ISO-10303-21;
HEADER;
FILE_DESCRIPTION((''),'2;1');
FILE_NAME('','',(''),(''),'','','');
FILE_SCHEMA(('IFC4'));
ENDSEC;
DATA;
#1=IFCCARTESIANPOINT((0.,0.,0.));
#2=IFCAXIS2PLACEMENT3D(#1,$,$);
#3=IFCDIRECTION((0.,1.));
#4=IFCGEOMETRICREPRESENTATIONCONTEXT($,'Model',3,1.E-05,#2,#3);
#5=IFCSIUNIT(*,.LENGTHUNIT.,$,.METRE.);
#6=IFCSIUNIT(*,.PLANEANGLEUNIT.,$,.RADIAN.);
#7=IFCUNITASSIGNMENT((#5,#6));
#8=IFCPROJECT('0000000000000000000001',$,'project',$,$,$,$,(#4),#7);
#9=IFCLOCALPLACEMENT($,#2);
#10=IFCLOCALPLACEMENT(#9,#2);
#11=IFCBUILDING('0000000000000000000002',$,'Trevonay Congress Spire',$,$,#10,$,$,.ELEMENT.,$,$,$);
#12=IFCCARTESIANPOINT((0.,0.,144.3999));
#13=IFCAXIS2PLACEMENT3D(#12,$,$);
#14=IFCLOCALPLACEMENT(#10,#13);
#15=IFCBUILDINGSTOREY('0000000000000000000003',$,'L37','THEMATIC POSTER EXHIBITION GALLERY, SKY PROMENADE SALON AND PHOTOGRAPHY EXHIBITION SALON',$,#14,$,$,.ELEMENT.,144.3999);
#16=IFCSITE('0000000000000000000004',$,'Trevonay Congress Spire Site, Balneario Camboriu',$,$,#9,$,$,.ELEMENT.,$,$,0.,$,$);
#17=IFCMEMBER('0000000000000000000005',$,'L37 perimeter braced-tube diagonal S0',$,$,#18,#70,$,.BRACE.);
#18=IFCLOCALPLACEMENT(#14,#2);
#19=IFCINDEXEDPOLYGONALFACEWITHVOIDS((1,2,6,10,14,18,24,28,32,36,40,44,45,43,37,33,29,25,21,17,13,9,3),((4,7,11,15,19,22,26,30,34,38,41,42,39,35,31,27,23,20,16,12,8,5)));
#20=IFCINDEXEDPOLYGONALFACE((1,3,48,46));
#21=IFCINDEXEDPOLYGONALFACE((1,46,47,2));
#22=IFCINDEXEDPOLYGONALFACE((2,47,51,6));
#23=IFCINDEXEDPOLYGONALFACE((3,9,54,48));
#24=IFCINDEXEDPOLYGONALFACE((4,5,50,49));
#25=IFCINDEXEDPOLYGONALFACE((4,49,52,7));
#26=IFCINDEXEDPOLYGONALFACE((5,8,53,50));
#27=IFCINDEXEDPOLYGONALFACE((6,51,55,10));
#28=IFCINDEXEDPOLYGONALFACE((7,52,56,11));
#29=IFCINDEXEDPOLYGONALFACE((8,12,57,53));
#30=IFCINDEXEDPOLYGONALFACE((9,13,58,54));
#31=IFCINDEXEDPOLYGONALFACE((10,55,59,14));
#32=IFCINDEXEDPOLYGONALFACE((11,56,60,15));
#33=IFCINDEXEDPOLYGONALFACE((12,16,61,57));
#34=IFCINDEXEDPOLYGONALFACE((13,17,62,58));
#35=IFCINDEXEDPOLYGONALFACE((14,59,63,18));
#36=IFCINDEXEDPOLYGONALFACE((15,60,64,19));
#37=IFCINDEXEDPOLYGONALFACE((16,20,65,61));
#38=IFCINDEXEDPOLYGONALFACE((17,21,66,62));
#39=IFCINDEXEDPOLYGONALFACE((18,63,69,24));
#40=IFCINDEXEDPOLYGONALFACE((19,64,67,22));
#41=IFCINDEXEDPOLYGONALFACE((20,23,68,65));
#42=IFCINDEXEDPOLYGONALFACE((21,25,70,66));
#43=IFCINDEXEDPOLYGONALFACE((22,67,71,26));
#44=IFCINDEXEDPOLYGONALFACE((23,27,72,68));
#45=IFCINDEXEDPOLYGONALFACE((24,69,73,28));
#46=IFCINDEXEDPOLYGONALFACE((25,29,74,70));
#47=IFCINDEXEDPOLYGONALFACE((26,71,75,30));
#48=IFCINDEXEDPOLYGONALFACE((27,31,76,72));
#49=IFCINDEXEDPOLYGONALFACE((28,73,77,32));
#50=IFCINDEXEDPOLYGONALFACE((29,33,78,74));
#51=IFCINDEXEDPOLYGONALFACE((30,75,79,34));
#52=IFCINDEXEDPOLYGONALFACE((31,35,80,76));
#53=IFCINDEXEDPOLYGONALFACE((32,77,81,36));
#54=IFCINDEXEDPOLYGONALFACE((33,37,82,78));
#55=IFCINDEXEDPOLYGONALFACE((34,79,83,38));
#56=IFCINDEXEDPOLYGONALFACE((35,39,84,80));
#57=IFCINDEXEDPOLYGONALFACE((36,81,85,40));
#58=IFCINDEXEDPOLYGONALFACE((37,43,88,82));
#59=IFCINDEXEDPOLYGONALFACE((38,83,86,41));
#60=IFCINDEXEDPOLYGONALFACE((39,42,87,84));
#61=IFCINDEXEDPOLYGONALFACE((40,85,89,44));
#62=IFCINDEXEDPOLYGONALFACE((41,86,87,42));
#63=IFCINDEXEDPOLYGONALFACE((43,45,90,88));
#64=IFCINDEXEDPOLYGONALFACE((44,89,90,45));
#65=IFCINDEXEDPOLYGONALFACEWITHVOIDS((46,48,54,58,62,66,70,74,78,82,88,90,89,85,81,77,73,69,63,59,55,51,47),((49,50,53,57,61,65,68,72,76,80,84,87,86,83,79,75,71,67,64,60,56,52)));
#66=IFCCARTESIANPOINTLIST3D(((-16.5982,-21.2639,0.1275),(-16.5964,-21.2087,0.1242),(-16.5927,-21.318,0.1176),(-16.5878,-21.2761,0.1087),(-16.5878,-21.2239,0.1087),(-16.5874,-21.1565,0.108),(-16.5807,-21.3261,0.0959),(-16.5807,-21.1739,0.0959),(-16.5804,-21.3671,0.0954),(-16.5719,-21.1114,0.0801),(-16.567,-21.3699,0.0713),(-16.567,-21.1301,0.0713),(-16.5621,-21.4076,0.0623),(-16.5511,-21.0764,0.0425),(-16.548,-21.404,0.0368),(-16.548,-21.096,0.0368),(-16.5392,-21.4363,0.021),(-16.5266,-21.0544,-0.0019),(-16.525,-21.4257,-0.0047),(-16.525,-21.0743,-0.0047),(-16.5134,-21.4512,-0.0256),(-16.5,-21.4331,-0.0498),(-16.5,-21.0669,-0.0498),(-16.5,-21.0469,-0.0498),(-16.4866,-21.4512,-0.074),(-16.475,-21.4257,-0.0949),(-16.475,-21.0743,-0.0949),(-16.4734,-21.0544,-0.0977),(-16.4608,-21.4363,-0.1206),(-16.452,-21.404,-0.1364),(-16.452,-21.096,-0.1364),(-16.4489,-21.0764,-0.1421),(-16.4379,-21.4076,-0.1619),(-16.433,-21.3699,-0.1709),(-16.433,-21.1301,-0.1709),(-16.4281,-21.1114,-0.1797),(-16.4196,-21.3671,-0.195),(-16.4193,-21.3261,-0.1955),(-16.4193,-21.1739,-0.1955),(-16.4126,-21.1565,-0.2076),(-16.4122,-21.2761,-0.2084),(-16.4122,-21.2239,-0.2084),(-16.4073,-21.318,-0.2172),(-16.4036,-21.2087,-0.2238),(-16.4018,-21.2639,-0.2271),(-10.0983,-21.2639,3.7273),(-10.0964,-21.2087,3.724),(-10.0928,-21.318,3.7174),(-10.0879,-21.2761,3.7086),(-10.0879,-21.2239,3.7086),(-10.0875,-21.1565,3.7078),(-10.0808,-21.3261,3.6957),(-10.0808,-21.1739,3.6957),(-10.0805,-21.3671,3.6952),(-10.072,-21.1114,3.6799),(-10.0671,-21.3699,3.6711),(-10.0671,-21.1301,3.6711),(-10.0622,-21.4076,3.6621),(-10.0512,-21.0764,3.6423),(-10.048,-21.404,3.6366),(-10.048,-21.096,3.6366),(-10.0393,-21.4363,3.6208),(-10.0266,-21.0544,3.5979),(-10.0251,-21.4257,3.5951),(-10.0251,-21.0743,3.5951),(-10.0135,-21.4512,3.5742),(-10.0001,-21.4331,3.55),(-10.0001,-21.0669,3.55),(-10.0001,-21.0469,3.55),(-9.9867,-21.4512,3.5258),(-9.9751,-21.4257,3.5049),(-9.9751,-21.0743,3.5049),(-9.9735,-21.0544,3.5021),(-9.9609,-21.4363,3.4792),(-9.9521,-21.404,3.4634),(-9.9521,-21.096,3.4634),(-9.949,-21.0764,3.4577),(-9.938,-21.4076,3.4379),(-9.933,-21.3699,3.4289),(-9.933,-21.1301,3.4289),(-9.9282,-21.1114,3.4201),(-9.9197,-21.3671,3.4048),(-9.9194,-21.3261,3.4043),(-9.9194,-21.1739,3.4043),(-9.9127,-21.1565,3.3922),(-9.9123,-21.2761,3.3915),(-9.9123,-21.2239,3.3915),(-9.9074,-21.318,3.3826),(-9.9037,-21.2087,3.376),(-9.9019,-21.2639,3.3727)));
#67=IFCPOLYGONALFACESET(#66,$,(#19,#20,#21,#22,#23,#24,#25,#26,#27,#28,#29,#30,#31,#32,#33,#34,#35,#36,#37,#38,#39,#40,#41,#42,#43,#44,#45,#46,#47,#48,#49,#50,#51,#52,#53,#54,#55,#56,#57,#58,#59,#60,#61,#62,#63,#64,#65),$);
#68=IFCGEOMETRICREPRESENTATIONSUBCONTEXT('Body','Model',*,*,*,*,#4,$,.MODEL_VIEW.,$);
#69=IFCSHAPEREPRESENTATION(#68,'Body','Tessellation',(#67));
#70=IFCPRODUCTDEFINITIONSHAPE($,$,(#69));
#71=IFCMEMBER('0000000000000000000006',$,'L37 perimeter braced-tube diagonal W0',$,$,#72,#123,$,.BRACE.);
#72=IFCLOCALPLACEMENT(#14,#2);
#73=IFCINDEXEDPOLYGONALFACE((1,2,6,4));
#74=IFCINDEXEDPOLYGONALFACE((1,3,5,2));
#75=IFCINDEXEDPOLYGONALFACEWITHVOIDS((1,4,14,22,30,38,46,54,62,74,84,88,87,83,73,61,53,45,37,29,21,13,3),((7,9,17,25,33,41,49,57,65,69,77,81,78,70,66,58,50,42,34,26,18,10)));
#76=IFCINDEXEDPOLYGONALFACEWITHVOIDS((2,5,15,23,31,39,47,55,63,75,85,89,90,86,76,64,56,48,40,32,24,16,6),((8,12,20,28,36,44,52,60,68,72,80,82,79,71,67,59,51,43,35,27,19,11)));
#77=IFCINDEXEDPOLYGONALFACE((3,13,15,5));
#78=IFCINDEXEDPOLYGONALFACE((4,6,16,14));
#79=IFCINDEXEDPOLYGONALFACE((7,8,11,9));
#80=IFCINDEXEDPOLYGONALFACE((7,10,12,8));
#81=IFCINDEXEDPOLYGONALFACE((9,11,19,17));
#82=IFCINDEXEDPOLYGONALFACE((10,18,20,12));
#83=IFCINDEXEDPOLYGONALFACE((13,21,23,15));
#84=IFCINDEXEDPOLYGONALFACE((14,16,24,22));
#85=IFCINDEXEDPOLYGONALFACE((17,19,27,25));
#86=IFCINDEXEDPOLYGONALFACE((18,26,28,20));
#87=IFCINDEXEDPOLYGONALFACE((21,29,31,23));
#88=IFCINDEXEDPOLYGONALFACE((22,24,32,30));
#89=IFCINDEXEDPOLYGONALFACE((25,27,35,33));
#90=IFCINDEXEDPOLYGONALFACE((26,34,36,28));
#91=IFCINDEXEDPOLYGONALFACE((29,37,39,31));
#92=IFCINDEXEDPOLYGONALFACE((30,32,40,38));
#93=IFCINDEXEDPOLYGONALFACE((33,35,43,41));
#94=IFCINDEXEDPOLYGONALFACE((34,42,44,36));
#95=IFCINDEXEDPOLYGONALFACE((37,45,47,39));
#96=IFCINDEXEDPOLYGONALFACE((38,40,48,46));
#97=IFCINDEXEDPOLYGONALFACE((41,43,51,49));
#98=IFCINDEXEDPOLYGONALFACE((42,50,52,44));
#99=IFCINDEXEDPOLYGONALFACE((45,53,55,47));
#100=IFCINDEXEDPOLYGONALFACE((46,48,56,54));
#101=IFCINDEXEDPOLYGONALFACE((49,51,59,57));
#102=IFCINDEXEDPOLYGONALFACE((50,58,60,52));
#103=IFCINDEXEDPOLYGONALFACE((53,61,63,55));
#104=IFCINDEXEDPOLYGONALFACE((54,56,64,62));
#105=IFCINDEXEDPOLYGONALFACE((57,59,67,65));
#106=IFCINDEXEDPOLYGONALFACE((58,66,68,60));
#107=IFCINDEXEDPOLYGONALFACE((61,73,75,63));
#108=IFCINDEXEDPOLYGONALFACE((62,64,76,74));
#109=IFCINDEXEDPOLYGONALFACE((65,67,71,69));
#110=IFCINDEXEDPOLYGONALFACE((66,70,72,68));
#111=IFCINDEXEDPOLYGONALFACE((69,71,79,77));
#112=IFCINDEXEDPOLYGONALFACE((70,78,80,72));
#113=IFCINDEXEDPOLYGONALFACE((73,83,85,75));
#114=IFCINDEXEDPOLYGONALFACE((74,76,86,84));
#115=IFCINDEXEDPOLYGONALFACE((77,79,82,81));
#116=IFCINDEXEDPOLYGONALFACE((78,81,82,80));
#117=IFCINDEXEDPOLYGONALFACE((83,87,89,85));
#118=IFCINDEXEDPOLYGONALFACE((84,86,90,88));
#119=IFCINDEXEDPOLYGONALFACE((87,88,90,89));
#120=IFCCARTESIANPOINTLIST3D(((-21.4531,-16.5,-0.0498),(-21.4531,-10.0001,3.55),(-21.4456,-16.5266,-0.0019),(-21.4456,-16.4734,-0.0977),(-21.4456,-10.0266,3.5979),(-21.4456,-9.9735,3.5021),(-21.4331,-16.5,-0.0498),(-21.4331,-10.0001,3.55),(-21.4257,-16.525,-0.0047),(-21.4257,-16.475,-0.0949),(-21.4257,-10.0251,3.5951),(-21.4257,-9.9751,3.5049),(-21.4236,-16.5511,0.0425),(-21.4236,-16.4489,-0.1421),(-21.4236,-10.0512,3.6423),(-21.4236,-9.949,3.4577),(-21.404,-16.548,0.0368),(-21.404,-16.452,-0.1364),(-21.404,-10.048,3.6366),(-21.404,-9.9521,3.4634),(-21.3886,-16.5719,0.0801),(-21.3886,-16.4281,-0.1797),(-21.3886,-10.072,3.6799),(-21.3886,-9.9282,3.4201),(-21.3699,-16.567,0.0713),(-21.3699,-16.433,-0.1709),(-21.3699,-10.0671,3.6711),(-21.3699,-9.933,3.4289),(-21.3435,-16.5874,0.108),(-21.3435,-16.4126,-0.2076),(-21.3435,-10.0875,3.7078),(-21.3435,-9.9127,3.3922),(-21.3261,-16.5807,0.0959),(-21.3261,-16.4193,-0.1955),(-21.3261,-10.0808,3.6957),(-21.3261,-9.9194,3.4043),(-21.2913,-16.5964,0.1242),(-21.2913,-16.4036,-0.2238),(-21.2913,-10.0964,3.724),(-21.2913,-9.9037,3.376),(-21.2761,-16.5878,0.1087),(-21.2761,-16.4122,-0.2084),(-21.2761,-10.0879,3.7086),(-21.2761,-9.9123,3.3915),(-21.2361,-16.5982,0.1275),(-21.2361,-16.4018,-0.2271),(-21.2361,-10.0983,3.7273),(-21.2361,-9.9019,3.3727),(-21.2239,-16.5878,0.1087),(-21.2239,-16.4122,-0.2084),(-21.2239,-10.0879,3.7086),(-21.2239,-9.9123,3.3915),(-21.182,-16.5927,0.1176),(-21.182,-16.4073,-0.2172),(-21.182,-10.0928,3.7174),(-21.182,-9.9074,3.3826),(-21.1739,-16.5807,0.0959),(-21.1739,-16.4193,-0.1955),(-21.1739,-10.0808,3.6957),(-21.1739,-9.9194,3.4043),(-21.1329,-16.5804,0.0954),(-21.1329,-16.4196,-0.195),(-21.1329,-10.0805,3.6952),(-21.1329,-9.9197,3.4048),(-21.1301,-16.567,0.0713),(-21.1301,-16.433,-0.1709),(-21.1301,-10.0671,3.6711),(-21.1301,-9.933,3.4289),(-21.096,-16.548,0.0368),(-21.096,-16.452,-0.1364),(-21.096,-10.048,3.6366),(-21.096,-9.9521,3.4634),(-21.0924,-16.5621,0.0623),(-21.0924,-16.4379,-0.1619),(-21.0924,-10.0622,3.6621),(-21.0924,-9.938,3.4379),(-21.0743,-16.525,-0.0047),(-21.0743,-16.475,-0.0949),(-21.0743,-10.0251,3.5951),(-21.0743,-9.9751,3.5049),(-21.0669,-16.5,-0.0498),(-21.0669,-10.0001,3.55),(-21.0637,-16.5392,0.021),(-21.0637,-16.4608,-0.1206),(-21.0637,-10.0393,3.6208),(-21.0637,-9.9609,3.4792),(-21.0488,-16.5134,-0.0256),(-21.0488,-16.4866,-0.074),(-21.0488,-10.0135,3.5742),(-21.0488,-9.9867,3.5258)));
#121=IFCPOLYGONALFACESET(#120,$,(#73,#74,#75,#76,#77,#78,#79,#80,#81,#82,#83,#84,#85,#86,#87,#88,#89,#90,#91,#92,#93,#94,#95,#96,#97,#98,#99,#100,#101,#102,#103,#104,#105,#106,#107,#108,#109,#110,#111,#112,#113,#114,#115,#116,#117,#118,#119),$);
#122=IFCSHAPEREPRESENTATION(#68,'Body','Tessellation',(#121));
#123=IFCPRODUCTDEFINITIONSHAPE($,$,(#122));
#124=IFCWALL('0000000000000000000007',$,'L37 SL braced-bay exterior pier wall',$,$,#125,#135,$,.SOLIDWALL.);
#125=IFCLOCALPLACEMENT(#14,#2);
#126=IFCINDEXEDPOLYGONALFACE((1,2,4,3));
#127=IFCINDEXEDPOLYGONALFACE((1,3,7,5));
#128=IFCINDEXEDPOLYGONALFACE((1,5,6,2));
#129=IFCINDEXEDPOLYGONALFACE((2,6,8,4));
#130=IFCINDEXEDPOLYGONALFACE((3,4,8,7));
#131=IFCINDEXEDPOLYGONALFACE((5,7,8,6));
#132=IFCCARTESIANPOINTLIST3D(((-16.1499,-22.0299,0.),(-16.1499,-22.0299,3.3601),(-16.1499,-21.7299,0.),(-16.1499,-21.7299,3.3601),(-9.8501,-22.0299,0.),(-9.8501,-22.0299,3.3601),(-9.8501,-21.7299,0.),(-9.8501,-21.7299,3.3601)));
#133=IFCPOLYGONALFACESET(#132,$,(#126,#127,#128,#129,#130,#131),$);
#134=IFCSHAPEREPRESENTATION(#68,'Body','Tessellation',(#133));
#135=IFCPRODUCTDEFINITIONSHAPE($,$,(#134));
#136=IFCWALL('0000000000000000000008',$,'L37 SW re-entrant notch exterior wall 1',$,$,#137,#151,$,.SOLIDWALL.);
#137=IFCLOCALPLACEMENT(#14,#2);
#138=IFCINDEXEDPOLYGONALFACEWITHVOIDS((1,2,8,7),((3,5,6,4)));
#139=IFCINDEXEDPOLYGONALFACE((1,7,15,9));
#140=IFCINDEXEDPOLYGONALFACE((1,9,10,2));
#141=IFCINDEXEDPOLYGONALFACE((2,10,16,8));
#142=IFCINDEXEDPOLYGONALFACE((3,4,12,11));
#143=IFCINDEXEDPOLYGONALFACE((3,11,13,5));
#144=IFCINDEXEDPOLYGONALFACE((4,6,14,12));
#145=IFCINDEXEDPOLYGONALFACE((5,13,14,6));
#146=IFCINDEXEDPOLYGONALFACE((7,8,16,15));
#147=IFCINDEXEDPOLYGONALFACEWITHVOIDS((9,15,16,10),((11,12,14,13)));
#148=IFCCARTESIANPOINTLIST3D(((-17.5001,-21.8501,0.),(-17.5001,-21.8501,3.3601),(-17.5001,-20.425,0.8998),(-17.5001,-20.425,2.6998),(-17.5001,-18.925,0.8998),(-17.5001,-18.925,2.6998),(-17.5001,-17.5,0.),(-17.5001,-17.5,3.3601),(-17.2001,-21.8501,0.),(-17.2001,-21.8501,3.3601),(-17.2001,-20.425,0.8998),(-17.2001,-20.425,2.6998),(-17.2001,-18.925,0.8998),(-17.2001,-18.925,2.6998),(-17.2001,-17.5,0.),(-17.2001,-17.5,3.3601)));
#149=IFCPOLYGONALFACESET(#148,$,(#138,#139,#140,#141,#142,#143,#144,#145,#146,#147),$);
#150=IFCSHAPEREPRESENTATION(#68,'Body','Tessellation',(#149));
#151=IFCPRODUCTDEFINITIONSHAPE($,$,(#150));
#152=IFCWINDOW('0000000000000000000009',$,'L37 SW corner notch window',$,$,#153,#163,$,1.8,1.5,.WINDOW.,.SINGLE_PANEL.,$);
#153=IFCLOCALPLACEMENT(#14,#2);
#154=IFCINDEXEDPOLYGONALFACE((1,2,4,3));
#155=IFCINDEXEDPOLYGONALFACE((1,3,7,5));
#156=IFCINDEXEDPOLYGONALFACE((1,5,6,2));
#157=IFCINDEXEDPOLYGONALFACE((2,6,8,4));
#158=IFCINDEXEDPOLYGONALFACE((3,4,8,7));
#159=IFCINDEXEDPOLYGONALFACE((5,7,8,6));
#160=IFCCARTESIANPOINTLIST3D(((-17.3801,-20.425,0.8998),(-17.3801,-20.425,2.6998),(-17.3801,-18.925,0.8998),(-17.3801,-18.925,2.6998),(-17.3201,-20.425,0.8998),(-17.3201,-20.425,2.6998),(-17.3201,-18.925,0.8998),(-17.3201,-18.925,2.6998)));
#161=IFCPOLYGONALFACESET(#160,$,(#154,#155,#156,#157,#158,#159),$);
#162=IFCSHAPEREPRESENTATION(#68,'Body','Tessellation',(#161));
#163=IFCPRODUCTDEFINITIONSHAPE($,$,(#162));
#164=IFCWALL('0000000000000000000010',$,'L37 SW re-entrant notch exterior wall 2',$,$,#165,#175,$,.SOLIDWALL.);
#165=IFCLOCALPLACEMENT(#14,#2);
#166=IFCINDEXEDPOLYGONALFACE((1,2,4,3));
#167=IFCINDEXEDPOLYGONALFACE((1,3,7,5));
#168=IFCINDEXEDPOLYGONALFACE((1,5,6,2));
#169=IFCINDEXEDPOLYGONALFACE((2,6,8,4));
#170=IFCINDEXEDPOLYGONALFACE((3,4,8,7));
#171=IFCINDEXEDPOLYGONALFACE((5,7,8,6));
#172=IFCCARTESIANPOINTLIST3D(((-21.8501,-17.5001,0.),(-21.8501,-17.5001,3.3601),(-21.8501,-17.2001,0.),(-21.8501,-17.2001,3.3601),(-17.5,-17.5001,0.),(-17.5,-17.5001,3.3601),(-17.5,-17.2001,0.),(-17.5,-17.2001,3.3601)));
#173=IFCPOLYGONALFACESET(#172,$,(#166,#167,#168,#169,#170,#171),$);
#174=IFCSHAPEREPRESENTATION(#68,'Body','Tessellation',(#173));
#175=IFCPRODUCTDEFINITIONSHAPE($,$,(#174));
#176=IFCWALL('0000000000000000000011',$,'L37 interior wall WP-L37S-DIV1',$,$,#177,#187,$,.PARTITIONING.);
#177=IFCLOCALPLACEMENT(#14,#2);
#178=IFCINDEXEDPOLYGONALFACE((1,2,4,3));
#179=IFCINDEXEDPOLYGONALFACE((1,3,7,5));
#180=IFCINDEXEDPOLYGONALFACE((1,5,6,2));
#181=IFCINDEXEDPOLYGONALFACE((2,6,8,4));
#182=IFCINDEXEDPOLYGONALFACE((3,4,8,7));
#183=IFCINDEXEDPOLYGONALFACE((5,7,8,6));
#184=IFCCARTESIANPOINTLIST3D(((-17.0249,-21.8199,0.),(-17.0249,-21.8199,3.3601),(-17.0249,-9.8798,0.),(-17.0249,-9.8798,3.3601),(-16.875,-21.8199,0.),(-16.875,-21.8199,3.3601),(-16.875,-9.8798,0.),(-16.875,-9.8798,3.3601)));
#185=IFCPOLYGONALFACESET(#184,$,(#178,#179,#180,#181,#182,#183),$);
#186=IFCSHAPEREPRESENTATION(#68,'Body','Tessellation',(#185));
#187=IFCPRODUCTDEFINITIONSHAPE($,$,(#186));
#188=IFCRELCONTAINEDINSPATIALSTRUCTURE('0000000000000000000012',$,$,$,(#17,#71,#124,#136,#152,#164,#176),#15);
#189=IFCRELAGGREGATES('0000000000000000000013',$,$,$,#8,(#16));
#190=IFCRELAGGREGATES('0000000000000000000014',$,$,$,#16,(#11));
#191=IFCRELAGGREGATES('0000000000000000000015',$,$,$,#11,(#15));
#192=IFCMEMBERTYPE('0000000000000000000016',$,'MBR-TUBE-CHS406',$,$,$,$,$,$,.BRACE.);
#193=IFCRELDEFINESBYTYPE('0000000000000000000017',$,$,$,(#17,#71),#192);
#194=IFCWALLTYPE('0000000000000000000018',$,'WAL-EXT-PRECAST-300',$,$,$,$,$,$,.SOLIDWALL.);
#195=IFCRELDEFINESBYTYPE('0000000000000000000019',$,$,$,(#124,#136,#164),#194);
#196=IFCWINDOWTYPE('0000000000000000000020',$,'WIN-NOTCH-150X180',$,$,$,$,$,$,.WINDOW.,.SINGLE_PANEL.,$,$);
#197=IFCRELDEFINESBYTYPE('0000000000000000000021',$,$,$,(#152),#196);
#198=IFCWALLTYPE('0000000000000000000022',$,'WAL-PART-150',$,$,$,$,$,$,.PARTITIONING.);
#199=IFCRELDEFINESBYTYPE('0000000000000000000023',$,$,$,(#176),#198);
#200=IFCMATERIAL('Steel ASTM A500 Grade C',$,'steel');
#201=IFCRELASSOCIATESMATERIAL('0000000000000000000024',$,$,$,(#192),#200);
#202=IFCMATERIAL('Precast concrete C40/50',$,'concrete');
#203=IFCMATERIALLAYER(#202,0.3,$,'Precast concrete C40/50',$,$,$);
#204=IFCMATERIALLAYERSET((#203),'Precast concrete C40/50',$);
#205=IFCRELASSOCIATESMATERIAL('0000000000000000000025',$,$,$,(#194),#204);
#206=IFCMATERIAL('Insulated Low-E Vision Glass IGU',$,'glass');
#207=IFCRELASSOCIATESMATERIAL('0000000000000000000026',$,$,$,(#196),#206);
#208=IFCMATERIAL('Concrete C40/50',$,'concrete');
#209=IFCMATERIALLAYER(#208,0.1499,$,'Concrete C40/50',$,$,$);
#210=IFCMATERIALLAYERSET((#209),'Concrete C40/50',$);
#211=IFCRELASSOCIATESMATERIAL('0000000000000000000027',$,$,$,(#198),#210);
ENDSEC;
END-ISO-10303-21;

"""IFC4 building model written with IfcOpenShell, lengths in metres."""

from ifc_helpers import new_model, si_unit, direction, frame, frame_2d, origin, origin_2d, place, context, subcontext, project, spatial, rectangle, hollow_circle, extrude, material, layer, layer_set, material_profile, profile_set, type_object, element, fill, save


model = new_model("IFC4")

# Units and contexts
model_context = context("Model", 3, precision=1e-05, world=origin(), true_north=direction((0.0, 1.0)))
body_context = subcontext(model_context, "Body", "Model", "MODEL_VIEW")
ifc_project = project(units=[si_unit("LENGTHUNIT", "METRE"), si_unit("PLANEANGLEUNIT", "RADIAN")], contexts=[model_context])

# Site, building, storey
site_placement = place(None, origin())
site = spatial("IfcSite", under=ifc_project, at=site_placement, Name="Trevonay Congress Spire Site, Balneario Camboriu", CompositionType="ELEMENT", RefElevation=0.0)
building_placement = place(site_placement, origin())
building = spatial("IfcBuilding", under=site, at=building_placement, Name="Trevonay Congress Spire", CompositionType="ELEMENT")
storey_placement = place(building_placement, frame((0.0, 0.0, 144.3999)))
storey = spatial("IfcBuildingStorey", under=building, at=storey_placement, Name="L37", Description="THEMATIC POSTER EXHIBITION GALLERY, SKY PROMENADE SALON AND PHOTOGRAPHY EXHIBITION SALON", CompositionType="ELEMENT", Elevation=144.3999)

# Members
ifc_material_1 = material(Name="Steel ASTM A500 Grade C", Category="steel")
ifc_material_profile_1 = material_profile(ifc_material_1, hollow_circle(Radius=0.2031, WallThickness=0.02, at=origin_2d()), Name="CHS 406.4x20")
ifc_profile_set_1 = profile_set([ifc_material_profile_1], Name="Steel ASTM A500 Grade C")
member_type = type_object("IfcMemberType", Name="MBR-TUBE-CHS406", PredefinedType="BRACE", material=ifc_profile_set_1)
for number, where, z_axis, x_axis, name in (
    (1, (-16.5, -21.25, -0.0498), (0.8748, 0.0, 0.484485), (0.0, 1.0, 0.0), "L37 perimeter braced-tube diagonal S0"),
    (2, (-21.25, -16.5, -0.0498), (0.0, 0.8748, 0.484485), (-1.0, 0.0, 0.0), "L37 perimeter braced-tube diagonal W0"),
):
    element("IfcMember", number, at=place(storey_placement, frame(where, z_axis=z_axis, x_axis=x_axis)), inside=storey, type_object=member_type, Name=name, PredefinedType="BRACE", context=body_context, shape_type="SweptSolid", body=[
        extrude(hollow_circle(Radius=0.2031, WallThickness=0.02, at=origin_2d()), origin(), (0.0, 0.0, 1.0), 7.4302),
    ])

# Wall
ifc_material_2 = material(Name="Precast concrete C40/50", Category="concrete")
ifc_layer_1 = layer(ifc_material_2, 0.3, Name="Precast concrete C40/50")
ifc_layer_set_1 = layer_set([ifc_layer_1], Name="Precast concrete C40/50")
wall_type_1 = type_object("IfcWallType", Name="WAL-EXT-PRECAST-300", PredefinedType="SOLIDWALL", material=ifc_layer_set_1)
wall_1_placement = place(storey_placement, frame((-16.1499, -21.8799, 0.0), z_axis=(0.0, 0.0, 1.0), x_axis=(1.0, 0.0, 0.0)))
element("IfcWall", 3, at=wall_1_placement, inside=storey, type_object=wall_type_1, Name="L37 SL braced-bay exterior pier wall", PredefinedType="SOLIDWALL", context=body_context, shape_type="SweptSolid", body=[
    extrude(rectangle(XDim=6.2998, YDim=0.3, at=frame_2d((3.1499, 0.0))), origin(), (0.0, 0.0, 1.0), 3.3601),
])

# Wall, opening, window
wall_2_placement = place(storey_placement, frame((-17.3501, -21.8501, 0.0), z_axis=(0.0, 0.0, 1.0), x_axis=(0.0, 1.0, 0.0)))
wall_2 = element("IfcWall", 4, at=wall_2_placement, inside=storey, type_object=wall_type_1, Name="L37 SW re-entrant notch exterior wall 1", PredefinedType="SOLIDWALL", context=body_context, shape_type="SweptSolid", body=[
    extrude(rectangle(XDim=4.3501, YDim=0.3, at=frame_2d((2.175, 0.0))), origin(), (0.0, 0.0, 1.0), 3.3601),
])
opening_placement = place(wall_2_placement, frame((1.425, 0.0, 0.8999)))
opening = element("IfcOpeningElement", 5, at=opening_placement, cuts=wall_2, PredefinedType="OPENING", context=body_context, shape_type="SweptSolid", body=[
    extrude(rectangle(XDim=1.5, YDim=1.8, at=frame_2d((0.75, 0.8999))), frame((0.0, 0.1602, 0.0), z_axis=(0.0, -1.0, 0.0), x_axis=(1.0, 0.0, 0.0)), (0.0, 0.0, 1.0), 0.3201),
])
ifc_material_3 = material(Name="Insulated Low-E Vision Glass IGU", Category="glass")
window_type = type_object("IfcWindowType", Name="WIN-NOTCH-150X180", PartitioningType="SINGLE_PANEL", PredefinedType="WINDOW", material=ifc_material_3)
window_placement = place(opening_placement, origin())
window = element("IfcWindow", 6, at=window_placement, inside=storey, type_object=window_type, Name="L37 SW corner notch window", OverallHeight=1.8, OverallWidth=1.5, PartitioningType="SINGLE_PANEL", PredefinedType="WINDOW", context=body_context, shape_type="SweptSolid", body=[
    extrude(rectangle(XDim=1.5, YDim=1.8, at=frame_2d((0.75, 0.8999))), frame((0.0, 0.03, 0.0), z_axis=(0.0, -1.0, 0.0), x_axis=(1.0, 0.0, 0.0)), (0.0, 0.0, 1.0), 0.0601),
])
fill(opening, window)

# Walls
wall_3_placement = place(storey_placement, frame((-21.8501, -17.3501, 0.0), z_axis=(0.0, 0.0, 1.0), x_axis=(1.0, 0.0, 0.0)))
element("IfcWall", 7, at=wall_3_placement, inside=storey, type_object=wall_type_1, Name="L37 SW re-entrant notch exterior wall 2", PredefinedType="SOLIDWALL", context=body_context, shape_type="SweptSolid", body=[
    extrude(rectangle(XDim=4.3501, YDim=0.3, at=frame_2d((2.175, 0.0))), origin(), (0.0, 0.0, 1.0), 3.3601),
])
ifc_material_4 = material(Name="Concrete C40/50", Category="concrete")
ifc_layer_2 = layer(ifc_material_4, 0.1499, Name="Concrete C40/50")
ifc_layer_set_2 = layer_set([ifc_layer_2], Name="Concrete C40/50")
wall_type_2 = type_object("IfcWallType", Name="WAL-PART-150", PredefinedType="PARTITIONING", material=ifc_layer_set_2)
wall_4_placement = place(storey_placement, frame((-16.95, -21.8201, 0.0), z_axis=(0.0, 0.0, 1.0), x_axis=(0.0, 1.0, 0.0)))
element("IfcWall", 8, at=wall_4_placement, inside=storey, type_object=wall_type_2, Name="L37 interior wall WP-L37S-DIV1", PredefinedType="PARTITIONING", context=body_context, shape_type="SweptSolid", body=[
    extrude(rectangle(XDim=11.9402, YDim=0.1499, at=frame_2d((5.9702, 0.0))), origin(), (0.0, 0.0, 1.0), 3.3601),
])

save(model, "model.ifc")
